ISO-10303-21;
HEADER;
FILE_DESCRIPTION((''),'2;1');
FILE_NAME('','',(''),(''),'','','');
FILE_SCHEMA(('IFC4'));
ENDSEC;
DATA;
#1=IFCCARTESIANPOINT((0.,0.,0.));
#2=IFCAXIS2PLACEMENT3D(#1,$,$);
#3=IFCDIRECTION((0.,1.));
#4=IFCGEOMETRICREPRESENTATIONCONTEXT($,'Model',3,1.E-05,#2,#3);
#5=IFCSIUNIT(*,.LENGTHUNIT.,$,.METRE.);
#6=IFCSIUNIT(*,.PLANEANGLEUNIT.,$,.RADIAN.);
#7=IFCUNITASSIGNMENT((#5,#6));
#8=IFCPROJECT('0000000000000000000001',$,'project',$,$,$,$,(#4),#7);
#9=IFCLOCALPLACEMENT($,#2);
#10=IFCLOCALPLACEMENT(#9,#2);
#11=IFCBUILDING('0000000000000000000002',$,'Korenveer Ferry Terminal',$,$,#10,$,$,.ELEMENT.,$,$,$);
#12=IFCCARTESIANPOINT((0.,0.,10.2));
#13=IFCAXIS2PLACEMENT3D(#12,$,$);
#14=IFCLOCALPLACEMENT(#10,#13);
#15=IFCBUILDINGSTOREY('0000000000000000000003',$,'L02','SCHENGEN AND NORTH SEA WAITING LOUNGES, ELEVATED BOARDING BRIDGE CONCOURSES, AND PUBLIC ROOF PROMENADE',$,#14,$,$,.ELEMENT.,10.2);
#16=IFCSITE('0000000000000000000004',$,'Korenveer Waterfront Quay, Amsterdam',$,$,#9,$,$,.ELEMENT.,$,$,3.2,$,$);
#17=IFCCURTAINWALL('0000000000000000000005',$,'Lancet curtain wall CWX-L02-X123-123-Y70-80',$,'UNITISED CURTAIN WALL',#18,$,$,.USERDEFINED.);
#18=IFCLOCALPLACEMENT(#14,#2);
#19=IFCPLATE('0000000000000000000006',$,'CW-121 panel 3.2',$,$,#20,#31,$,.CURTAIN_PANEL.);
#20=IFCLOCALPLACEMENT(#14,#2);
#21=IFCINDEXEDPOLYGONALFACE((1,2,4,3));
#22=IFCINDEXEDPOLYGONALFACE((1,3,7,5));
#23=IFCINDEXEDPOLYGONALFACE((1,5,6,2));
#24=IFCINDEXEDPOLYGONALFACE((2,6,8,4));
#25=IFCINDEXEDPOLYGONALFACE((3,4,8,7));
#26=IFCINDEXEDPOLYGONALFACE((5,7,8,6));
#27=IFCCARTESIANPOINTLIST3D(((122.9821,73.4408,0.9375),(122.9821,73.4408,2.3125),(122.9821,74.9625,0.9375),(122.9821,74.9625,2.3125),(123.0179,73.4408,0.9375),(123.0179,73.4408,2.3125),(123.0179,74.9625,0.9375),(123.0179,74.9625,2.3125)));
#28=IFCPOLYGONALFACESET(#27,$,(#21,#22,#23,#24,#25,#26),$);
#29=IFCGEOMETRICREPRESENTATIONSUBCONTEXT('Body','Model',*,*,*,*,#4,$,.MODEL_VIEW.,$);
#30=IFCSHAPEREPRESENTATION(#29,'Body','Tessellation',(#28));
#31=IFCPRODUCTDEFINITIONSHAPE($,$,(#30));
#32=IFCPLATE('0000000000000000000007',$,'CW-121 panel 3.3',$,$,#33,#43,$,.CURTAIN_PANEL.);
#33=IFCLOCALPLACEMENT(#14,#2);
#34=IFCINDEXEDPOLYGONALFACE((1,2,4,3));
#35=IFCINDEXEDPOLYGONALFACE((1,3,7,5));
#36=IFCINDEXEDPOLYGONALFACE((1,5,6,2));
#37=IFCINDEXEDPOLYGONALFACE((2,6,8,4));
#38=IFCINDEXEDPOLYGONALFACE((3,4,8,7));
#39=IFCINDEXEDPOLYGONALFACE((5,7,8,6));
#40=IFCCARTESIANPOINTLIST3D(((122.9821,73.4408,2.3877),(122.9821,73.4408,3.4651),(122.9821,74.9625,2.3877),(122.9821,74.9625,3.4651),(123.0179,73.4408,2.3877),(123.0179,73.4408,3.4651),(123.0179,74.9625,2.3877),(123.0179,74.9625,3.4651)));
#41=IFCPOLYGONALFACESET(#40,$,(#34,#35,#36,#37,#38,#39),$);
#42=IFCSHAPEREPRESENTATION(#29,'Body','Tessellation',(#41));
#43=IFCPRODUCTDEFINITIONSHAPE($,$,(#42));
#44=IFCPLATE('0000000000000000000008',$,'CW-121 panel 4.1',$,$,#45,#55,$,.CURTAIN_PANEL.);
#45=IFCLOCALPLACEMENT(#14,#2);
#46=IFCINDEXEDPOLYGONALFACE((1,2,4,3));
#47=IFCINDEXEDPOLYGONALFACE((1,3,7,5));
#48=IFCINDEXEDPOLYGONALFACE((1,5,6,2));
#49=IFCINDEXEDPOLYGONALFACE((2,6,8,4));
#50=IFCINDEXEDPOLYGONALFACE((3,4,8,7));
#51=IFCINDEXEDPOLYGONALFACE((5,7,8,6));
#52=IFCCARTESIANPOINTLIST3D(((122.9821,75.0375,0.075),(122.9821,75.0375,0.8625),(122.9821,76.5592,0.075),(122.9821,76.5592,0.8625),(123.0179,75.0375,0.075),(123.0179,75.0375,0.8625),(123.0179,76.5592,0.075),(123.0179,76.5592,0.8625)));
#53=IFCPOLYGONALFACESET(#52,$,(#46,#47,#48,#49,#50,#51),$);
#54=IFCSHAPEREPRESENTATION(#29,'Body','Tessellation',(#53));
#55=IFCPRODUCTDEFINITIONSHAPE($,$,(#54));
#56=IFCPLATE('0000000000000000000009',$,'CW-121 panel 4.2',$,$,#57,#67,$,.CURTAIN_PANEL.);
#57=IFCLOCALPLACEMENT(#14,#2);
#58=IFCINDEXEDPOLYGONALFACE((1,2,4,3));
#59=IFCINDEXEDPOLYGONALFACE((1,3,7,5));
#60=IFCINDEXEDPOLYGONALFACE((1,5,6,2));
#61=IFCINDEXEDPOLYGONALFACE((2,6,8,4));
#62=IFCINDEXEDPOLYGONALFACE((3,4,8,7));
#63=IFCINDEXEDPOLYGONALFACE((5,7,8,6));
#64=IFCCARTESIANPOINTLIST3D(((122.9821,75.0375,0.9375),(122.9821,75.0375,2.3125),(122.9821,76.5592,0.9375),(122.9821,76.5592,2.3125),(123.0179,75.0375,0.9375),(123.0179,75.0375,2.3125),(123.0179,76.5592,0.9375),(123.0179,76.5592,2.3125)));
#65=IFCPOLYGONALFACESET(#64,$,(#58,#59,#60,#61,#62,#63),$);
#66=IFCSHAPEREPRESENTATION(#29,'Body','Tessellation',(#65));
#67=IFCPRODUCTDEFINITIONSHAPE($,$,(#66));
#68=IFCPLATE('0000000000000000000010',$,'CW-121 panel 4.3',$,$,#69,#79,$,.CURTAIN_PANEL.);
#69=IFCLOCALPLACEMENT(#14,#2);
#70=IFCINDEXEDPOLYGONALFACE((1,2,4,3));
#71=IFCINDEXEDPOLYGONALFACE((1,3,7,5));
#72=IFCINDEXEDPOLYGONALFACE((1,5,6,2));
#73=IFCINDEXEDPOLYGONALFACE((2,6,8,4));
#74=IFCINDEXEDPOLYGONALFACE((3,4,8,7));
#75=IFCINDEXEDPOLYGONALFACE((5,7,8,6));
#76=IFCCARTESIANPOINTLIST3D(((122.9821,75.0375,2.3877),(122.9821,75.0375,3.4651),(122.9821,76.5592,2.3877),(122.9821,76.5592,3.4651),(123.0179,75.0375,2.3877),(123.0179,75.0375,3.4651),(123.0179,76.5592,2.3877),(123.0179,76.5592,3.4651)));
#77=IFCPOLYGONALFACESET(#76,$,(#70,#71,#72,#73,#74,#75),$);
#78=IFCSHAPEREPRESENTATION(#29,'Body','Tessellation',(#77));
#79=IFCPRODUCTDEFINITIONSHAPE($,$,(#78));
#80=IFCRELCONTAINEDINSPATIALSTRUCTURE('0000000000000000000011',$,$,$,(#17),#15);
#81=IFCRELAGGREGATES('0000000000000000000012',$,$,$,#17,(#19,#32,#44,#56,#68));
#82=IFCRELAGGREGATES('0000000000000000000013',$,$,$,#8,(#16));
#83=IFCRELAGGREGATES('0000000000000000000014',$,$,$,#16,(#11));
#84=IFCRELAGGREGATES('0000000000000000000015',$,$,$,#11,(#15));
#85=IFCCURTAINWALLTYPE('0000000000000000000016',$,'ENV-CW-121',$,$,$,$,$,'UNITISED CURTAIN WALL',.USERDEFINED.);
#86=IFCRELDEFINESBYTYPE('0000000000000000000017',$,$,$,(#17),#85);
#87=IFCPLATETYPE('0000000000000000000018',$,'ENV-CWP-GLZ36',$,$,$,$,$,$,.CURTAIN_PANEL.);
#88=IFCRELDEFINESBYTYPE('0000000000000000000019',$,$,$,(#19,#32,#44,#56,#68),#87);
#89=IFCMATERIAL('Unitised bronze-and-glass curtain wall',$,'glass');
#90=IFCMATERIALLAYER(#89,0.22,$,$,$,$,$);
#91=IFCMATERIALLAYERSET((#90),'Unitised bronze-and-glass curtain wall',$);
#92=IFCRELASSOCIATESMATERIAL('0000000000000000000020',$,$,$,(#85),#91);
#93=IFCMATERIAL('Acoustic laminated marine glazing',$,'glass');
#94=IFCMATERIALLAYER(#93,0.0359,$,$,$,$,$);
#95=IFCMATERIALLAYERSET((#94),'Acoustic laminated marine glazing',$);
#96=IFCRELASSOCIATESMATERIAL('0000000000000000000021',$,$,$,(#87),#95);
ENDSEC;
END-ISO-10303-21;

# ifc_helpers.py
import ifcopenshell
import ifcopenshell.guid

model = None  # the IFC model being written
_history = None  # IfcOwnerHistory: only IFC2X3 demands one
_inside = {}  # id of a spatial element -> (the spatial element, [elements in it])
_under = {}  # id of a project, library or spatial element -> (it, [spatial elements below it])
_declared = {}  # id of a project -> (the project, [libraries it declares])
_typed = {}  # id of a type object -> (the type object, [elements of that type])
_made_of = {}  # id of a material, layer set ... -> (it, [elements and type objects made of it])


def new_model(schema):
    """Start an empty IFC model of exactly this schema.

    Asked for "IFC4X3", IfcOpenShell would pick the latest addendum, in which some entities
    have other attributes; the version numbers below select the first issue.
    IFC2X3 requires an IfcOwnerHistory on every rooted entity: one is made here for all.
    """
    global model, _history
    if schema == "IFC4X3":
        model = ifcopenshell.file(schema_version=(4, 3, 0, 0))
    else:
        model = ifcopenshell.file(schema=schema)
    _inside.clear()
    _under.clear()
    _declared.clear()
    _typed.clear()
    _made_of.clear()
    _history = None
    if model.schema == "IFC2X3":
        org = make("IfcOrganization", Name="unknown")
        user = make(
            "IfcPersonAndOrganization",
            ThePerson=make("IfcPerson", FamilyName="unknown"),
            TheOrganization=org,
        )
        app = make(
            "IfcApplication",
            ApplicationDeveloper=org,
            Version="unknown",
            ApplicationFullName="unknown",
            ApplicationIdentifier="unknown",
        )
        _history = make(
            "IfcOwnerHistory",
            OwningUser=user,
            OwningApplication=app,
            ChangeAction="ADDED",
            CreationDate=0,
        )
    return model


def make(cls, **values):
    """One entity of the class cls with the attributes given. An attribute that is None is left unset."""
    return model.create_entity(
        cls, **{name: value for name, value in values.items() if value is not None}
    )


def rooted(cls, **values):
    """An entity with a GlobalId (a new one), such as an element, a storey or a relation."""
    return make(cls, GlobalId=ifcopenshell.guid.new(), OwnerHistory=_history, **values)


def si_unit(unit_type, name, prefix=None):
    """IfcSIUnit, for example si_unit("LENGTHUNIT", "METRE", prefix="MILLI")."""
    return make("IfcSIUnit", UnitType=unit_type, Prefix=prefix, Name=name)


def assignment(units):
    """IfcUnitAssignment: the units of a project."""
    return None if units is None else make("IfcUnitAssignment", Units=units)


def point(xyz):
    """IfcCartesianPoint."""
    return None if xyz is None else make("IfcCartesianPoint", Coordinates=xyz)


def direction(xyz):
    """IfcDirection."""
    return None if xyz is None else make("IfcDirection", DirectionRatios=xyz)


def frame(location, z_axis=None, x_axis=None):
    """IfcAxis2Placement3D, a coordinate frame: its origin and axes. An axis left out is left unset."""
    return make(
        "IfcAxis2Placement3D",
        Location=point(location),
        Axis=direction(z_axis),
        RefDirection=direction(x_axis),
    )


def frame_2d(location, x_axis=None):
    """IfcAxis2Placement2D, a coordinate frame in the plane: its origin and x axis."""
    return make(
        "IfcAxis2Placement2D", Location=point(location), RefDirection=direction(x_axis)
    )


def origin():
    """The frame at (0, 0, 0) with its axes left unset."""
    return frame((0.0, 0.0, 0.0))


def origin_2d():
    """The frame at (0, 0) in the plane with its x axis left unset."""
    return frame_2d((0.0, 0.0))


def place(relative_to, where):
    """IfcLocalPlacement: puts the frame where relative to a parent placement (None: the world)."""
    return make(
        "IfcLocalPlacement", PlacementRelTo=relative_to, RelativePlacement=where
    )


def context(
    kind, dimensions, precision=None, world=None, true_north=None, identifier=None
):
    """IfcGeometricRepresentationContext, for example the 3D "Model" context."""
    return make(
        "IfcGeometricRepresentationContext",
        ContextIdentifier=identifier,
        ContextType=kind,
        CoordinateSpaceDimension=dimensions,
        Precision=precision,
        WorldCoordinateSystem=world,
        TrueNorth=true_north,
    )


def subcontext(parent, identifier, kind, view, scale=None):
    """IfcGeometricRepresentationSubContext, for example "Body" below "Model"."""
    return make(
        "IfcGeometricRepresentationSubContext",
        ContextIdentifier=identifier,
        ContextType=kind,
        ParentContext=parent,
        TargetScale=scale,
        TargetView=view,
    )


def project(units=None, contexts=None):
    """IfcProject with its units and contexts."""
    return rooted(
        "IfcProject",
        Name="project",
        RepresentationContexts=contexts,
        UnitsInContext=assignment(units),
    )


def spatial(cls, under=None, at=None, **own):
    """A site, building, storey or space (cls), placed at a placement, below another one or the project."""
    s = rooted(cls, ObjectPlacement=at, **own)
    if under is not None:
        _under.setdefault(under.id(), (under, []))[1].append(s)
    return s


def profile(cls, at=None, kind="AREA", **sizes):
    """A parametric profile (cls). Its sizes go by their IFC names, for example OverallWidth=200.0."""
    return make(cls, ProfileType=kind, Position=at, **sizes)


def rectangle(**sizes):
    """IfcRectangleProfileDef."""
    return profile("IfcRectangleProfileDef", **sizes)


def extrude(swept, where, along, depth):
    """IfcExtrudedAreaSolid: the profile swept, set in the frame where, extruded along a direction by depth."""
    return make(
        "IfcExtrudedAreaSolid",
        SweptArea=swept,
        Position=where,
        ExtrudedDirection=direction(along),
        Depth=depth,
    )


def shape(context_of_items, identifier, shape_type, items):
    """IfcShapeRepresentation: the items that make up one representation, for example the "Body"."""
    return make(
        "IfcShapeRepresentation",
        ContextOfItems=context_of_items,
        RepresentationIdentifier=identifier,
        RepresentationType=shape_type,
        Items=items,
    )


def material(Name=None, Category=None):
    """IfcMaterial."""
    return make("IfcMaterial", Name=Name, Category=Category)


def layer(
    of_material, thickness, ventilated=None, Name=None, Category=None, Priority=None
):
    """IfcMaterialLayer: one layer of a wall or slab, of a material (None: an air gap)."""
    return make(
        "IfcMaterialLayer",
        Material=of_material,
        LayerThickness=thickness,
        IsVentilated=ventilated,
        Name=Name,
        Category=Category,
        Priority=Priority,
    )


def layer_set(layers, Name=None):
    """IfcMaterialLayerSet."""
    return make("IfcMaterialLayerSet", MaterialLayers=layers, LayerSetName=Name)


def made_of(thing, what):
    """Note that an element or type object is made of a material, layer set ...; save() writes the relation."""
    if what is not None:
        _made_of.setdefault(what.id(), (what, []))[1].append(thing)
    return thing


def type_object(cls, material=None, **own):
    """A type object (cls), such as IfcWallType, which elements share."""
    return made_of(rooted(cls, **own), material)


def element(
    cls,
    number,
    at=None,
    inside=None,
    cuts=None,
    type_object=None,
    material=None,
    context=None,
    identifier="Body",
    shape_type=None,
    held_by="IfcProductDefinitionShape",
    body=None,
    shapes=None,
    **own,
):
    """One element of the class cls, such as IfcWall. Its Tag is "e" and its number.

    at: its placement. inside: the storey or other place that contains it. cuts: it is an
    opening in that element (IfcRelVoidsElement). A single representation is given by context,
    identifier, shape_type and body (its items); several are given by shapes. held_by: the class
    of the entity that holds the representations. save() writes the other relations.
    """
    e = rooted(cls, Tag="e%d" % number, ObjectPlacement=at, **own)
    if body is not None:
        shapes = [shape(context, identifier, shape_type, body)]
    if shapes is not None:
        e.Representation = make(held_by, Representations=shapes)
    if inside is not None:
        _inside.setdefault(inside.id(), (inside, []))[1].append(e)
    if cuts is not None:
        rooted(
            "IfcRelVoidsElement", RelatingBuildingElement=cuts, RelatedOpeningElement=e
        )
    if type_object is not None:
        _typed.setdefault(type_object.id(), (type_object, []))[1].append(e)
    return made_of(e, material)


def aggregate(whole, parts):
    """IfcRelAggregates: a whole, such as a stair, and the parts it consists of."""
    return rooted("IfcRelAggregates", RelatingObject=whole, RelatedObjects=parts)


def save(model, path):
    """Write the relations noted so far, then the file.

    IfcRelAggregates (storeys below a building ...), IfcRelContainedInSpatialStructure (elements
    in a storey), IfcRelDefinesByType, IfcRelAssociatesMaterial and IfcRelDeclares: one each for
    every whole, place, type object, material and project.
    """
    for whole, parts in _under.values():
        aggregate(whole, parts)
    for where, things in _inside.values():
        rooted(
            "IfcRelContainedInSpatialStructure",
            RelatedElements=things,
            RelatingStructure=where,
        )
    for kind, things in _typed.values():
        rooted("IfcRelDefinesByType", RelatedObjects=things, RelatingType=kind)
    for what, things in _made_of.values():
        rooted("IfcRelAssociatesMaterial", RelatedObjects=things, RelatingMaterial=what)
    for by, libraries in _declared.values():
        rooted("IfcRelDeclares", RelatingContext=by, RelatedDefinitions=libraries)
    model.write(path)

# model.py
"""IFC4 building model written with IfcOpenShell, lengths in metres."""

from ifc_helpers import new_model, si_unit, direction, frame, origin, origin_2d, place, context, subcontext, project, spatial, rectangle, extrude, material, layer, layer_set, type_object, element, aggregate, save


model = new_model("IFC4")

# Units and contexts
model_context = context("Model", 3, precision=1e-05, world=origin(), true_north=direction((0.0, 1.0)))
body_context = subcontext(model_context, "Body", "Model", "MODEL_VIEW")
ifc_project = project(units=[si_unit("LENGTHUNIT", "METRE"), si_unit("PLANEANGLEUNIT", "RADIAN")], contexts=[model_context])

# Site, building, storey
site_placement = place(None, origin())
site = spatial("IfcSite", under=ifc_project, at=site_placement, Name="Korenveer Waterfront Quay, Amsterdam", CompositionType="ELEMENT", RefElevation=3.2)
building_placement = place(site_placement, origin())
building = spatial("IfcBuilding", under=site, at=building_placement, Name="Korenveer Ferry Terminal", CompositionType="ELEMENT")
storey_placement = place(building_placement, frame((0.0, 0.0, 10.2)))
storey = spatial("IfcBuildingStorey", under=building, at=storey_placement, Name="L02", Description="SCHENGEN AND NORTH SEA WAITING LOUNGES, ELEVATED BOARDING BRIDGE CONCOURSES, AND PUBLIC ROOF PROMENADE", CompositionType="ELEMENT", Elevation=10.2)

# Curtain wall, plates
ifc_material_1 = material(Name="Unitised bronze-and-glass curtain wall", Category="glass")
ifc_layer_1 = layer(ifc_material_1, 0.22)
ifc_layer_set_1 = layer_set([ifc_layer_1], Name="Unitised bronze-and-glass curtain wall")
curtain_wall_type = type_object("IfcCurtainWallType", Name="ENV-CW-121", ElementType="UNITISED CURTAIN WALL", PredefinedType="USERDEFINED", material=ifc_layer_set_1)
curtain_wall_placement = place(storey_placement, frame((123.0, 70.21, 0.0)))
curtain_wall = element("IfcCurtainWall", 1, at=curtain_wall_placement, inside=storey, type_object=curtain_wall_type, Name="Lancet curtain wall CWX-L02-X123-123-Y70-80", ObjectType="UNITISED CURTAIN WALL", PredefinedType="USERDEFINED")
ifc_material_2 = material(Name="Acoustic laminated marine glazing", Category="glass")
ifc_layer_2 = layer(ifc_material_2, 0.0359)
ifc_layer_set_2 = layer_set([ifc_layer_2], Name="Acoustic laminated marine glazing")
plate_type = type_object("IfcPlateType", Name="ENV-CWP-GLZ36", PredefinedType="CURTAIN_PANEL", material=ifc_layer_set_2)
plate_1_placement = place(storey_placement, frame((123.0, 74.2017, 0.9375), z_axis=(0.0, 0.0, 1.0), x_axis=(0.0, 1.0, 0.0)))
plate_1 = element("IfcPlate", 2, at=plate_1_placement, type_object=plate_type, Name="CW-121 panel 3.2", PredefinedType="CURTAIN_PANEL", context=body_context, shape_type="SweptSolid", body=[
    extrude(rectangle(XDim=1.5217, YDim=0.0359, at=origin_2d()), origin(), (0.0, 0.0, 1.0), 1.375),
])
plate_2_placement = place(storey_placement, frame((123.0, 74.2017, 2.3877), z_axis=(0.0, 0.0, 1.0), x_axis=(0.0, 1.0, 0.0)))
plate_2 = element("IfcPlate", 3, at=plate_2_placement, type_object=plate_type, Name="CW-121 panel 3.3", PredefinedType="CURTAIN_PANEL", context=body_context, shape_type="SweptSolid", body=[
    extrude(rectangle(XDim=1.5217, YDim=0.0359, at=origin_2d()), origin(), (0.0, 0.0, 1.0), 1.0774),
])
plate_3_placement = place(storey_placement, frame((123.0, 75.7983, 0.075), z_axis=(0.0, 0.0, 1.0), x_axis=(0.0, 1.0, 0.0)))
plate_3 = element("IfcPlate", 4, at=plate_3_placement, type_object=plate_type, Name="CW-121 panel 4.1", PredefinedType="CURTAIN_PANEL", context=body_context, shape_type="SweptSolid", body=[
    extrude(rectangle(XDim=1.5217, YDim=0.0359, at=origin_2d()), origin(), (0.0, 0.0, 1.0), 0.7876),
])
plate_4_placement = place(storey_placement, frame((123.0, 75.7983, 0.9375), z_axis=(0.0, 0.0, 1.0), x_axis=(0.0, 1.0, 0.0)))
plate_4 = element("IfcPlate", 5, at=plate_4_placement, type_object=plate_type, Name="CW-121 panel 4.2", PredefinedType="CURTAIN_PANEL", context=body_context, shape_type="SweptSolid", body=[
    extrude(rectangle(XDim=1.5217, YDim=0.0359, at=origin_2d()), origin(), (0.0, 0.0, 1.0), 1.375),
])
plate_5_placement = place(storey_placement, frame((123.0, 75.7983, 2.3877), z_axis=(0.0, 0.0, 1.0), x_axis=(0.0, 1.0, 0.0)))
plate_5 = element("IfcPlate", 6, at=plate_5_placement, type_object=plate_type, Name="CW-121 panel 4.3", PredefinedType="CURTAIN_PANEL", context=body_context, shape_type="SweptSolid", body=[
    extrude(rectangle(XDim=1.5217, YDim=0.0359, at=origin_2d()), origin(), (0.0, 0.0, 1.0), 1.0774),
])
aggregate(curtain_wall, [plate_1, plate_2, plate_3, plate_4, plate_5])

save(model, "model.ifc")
